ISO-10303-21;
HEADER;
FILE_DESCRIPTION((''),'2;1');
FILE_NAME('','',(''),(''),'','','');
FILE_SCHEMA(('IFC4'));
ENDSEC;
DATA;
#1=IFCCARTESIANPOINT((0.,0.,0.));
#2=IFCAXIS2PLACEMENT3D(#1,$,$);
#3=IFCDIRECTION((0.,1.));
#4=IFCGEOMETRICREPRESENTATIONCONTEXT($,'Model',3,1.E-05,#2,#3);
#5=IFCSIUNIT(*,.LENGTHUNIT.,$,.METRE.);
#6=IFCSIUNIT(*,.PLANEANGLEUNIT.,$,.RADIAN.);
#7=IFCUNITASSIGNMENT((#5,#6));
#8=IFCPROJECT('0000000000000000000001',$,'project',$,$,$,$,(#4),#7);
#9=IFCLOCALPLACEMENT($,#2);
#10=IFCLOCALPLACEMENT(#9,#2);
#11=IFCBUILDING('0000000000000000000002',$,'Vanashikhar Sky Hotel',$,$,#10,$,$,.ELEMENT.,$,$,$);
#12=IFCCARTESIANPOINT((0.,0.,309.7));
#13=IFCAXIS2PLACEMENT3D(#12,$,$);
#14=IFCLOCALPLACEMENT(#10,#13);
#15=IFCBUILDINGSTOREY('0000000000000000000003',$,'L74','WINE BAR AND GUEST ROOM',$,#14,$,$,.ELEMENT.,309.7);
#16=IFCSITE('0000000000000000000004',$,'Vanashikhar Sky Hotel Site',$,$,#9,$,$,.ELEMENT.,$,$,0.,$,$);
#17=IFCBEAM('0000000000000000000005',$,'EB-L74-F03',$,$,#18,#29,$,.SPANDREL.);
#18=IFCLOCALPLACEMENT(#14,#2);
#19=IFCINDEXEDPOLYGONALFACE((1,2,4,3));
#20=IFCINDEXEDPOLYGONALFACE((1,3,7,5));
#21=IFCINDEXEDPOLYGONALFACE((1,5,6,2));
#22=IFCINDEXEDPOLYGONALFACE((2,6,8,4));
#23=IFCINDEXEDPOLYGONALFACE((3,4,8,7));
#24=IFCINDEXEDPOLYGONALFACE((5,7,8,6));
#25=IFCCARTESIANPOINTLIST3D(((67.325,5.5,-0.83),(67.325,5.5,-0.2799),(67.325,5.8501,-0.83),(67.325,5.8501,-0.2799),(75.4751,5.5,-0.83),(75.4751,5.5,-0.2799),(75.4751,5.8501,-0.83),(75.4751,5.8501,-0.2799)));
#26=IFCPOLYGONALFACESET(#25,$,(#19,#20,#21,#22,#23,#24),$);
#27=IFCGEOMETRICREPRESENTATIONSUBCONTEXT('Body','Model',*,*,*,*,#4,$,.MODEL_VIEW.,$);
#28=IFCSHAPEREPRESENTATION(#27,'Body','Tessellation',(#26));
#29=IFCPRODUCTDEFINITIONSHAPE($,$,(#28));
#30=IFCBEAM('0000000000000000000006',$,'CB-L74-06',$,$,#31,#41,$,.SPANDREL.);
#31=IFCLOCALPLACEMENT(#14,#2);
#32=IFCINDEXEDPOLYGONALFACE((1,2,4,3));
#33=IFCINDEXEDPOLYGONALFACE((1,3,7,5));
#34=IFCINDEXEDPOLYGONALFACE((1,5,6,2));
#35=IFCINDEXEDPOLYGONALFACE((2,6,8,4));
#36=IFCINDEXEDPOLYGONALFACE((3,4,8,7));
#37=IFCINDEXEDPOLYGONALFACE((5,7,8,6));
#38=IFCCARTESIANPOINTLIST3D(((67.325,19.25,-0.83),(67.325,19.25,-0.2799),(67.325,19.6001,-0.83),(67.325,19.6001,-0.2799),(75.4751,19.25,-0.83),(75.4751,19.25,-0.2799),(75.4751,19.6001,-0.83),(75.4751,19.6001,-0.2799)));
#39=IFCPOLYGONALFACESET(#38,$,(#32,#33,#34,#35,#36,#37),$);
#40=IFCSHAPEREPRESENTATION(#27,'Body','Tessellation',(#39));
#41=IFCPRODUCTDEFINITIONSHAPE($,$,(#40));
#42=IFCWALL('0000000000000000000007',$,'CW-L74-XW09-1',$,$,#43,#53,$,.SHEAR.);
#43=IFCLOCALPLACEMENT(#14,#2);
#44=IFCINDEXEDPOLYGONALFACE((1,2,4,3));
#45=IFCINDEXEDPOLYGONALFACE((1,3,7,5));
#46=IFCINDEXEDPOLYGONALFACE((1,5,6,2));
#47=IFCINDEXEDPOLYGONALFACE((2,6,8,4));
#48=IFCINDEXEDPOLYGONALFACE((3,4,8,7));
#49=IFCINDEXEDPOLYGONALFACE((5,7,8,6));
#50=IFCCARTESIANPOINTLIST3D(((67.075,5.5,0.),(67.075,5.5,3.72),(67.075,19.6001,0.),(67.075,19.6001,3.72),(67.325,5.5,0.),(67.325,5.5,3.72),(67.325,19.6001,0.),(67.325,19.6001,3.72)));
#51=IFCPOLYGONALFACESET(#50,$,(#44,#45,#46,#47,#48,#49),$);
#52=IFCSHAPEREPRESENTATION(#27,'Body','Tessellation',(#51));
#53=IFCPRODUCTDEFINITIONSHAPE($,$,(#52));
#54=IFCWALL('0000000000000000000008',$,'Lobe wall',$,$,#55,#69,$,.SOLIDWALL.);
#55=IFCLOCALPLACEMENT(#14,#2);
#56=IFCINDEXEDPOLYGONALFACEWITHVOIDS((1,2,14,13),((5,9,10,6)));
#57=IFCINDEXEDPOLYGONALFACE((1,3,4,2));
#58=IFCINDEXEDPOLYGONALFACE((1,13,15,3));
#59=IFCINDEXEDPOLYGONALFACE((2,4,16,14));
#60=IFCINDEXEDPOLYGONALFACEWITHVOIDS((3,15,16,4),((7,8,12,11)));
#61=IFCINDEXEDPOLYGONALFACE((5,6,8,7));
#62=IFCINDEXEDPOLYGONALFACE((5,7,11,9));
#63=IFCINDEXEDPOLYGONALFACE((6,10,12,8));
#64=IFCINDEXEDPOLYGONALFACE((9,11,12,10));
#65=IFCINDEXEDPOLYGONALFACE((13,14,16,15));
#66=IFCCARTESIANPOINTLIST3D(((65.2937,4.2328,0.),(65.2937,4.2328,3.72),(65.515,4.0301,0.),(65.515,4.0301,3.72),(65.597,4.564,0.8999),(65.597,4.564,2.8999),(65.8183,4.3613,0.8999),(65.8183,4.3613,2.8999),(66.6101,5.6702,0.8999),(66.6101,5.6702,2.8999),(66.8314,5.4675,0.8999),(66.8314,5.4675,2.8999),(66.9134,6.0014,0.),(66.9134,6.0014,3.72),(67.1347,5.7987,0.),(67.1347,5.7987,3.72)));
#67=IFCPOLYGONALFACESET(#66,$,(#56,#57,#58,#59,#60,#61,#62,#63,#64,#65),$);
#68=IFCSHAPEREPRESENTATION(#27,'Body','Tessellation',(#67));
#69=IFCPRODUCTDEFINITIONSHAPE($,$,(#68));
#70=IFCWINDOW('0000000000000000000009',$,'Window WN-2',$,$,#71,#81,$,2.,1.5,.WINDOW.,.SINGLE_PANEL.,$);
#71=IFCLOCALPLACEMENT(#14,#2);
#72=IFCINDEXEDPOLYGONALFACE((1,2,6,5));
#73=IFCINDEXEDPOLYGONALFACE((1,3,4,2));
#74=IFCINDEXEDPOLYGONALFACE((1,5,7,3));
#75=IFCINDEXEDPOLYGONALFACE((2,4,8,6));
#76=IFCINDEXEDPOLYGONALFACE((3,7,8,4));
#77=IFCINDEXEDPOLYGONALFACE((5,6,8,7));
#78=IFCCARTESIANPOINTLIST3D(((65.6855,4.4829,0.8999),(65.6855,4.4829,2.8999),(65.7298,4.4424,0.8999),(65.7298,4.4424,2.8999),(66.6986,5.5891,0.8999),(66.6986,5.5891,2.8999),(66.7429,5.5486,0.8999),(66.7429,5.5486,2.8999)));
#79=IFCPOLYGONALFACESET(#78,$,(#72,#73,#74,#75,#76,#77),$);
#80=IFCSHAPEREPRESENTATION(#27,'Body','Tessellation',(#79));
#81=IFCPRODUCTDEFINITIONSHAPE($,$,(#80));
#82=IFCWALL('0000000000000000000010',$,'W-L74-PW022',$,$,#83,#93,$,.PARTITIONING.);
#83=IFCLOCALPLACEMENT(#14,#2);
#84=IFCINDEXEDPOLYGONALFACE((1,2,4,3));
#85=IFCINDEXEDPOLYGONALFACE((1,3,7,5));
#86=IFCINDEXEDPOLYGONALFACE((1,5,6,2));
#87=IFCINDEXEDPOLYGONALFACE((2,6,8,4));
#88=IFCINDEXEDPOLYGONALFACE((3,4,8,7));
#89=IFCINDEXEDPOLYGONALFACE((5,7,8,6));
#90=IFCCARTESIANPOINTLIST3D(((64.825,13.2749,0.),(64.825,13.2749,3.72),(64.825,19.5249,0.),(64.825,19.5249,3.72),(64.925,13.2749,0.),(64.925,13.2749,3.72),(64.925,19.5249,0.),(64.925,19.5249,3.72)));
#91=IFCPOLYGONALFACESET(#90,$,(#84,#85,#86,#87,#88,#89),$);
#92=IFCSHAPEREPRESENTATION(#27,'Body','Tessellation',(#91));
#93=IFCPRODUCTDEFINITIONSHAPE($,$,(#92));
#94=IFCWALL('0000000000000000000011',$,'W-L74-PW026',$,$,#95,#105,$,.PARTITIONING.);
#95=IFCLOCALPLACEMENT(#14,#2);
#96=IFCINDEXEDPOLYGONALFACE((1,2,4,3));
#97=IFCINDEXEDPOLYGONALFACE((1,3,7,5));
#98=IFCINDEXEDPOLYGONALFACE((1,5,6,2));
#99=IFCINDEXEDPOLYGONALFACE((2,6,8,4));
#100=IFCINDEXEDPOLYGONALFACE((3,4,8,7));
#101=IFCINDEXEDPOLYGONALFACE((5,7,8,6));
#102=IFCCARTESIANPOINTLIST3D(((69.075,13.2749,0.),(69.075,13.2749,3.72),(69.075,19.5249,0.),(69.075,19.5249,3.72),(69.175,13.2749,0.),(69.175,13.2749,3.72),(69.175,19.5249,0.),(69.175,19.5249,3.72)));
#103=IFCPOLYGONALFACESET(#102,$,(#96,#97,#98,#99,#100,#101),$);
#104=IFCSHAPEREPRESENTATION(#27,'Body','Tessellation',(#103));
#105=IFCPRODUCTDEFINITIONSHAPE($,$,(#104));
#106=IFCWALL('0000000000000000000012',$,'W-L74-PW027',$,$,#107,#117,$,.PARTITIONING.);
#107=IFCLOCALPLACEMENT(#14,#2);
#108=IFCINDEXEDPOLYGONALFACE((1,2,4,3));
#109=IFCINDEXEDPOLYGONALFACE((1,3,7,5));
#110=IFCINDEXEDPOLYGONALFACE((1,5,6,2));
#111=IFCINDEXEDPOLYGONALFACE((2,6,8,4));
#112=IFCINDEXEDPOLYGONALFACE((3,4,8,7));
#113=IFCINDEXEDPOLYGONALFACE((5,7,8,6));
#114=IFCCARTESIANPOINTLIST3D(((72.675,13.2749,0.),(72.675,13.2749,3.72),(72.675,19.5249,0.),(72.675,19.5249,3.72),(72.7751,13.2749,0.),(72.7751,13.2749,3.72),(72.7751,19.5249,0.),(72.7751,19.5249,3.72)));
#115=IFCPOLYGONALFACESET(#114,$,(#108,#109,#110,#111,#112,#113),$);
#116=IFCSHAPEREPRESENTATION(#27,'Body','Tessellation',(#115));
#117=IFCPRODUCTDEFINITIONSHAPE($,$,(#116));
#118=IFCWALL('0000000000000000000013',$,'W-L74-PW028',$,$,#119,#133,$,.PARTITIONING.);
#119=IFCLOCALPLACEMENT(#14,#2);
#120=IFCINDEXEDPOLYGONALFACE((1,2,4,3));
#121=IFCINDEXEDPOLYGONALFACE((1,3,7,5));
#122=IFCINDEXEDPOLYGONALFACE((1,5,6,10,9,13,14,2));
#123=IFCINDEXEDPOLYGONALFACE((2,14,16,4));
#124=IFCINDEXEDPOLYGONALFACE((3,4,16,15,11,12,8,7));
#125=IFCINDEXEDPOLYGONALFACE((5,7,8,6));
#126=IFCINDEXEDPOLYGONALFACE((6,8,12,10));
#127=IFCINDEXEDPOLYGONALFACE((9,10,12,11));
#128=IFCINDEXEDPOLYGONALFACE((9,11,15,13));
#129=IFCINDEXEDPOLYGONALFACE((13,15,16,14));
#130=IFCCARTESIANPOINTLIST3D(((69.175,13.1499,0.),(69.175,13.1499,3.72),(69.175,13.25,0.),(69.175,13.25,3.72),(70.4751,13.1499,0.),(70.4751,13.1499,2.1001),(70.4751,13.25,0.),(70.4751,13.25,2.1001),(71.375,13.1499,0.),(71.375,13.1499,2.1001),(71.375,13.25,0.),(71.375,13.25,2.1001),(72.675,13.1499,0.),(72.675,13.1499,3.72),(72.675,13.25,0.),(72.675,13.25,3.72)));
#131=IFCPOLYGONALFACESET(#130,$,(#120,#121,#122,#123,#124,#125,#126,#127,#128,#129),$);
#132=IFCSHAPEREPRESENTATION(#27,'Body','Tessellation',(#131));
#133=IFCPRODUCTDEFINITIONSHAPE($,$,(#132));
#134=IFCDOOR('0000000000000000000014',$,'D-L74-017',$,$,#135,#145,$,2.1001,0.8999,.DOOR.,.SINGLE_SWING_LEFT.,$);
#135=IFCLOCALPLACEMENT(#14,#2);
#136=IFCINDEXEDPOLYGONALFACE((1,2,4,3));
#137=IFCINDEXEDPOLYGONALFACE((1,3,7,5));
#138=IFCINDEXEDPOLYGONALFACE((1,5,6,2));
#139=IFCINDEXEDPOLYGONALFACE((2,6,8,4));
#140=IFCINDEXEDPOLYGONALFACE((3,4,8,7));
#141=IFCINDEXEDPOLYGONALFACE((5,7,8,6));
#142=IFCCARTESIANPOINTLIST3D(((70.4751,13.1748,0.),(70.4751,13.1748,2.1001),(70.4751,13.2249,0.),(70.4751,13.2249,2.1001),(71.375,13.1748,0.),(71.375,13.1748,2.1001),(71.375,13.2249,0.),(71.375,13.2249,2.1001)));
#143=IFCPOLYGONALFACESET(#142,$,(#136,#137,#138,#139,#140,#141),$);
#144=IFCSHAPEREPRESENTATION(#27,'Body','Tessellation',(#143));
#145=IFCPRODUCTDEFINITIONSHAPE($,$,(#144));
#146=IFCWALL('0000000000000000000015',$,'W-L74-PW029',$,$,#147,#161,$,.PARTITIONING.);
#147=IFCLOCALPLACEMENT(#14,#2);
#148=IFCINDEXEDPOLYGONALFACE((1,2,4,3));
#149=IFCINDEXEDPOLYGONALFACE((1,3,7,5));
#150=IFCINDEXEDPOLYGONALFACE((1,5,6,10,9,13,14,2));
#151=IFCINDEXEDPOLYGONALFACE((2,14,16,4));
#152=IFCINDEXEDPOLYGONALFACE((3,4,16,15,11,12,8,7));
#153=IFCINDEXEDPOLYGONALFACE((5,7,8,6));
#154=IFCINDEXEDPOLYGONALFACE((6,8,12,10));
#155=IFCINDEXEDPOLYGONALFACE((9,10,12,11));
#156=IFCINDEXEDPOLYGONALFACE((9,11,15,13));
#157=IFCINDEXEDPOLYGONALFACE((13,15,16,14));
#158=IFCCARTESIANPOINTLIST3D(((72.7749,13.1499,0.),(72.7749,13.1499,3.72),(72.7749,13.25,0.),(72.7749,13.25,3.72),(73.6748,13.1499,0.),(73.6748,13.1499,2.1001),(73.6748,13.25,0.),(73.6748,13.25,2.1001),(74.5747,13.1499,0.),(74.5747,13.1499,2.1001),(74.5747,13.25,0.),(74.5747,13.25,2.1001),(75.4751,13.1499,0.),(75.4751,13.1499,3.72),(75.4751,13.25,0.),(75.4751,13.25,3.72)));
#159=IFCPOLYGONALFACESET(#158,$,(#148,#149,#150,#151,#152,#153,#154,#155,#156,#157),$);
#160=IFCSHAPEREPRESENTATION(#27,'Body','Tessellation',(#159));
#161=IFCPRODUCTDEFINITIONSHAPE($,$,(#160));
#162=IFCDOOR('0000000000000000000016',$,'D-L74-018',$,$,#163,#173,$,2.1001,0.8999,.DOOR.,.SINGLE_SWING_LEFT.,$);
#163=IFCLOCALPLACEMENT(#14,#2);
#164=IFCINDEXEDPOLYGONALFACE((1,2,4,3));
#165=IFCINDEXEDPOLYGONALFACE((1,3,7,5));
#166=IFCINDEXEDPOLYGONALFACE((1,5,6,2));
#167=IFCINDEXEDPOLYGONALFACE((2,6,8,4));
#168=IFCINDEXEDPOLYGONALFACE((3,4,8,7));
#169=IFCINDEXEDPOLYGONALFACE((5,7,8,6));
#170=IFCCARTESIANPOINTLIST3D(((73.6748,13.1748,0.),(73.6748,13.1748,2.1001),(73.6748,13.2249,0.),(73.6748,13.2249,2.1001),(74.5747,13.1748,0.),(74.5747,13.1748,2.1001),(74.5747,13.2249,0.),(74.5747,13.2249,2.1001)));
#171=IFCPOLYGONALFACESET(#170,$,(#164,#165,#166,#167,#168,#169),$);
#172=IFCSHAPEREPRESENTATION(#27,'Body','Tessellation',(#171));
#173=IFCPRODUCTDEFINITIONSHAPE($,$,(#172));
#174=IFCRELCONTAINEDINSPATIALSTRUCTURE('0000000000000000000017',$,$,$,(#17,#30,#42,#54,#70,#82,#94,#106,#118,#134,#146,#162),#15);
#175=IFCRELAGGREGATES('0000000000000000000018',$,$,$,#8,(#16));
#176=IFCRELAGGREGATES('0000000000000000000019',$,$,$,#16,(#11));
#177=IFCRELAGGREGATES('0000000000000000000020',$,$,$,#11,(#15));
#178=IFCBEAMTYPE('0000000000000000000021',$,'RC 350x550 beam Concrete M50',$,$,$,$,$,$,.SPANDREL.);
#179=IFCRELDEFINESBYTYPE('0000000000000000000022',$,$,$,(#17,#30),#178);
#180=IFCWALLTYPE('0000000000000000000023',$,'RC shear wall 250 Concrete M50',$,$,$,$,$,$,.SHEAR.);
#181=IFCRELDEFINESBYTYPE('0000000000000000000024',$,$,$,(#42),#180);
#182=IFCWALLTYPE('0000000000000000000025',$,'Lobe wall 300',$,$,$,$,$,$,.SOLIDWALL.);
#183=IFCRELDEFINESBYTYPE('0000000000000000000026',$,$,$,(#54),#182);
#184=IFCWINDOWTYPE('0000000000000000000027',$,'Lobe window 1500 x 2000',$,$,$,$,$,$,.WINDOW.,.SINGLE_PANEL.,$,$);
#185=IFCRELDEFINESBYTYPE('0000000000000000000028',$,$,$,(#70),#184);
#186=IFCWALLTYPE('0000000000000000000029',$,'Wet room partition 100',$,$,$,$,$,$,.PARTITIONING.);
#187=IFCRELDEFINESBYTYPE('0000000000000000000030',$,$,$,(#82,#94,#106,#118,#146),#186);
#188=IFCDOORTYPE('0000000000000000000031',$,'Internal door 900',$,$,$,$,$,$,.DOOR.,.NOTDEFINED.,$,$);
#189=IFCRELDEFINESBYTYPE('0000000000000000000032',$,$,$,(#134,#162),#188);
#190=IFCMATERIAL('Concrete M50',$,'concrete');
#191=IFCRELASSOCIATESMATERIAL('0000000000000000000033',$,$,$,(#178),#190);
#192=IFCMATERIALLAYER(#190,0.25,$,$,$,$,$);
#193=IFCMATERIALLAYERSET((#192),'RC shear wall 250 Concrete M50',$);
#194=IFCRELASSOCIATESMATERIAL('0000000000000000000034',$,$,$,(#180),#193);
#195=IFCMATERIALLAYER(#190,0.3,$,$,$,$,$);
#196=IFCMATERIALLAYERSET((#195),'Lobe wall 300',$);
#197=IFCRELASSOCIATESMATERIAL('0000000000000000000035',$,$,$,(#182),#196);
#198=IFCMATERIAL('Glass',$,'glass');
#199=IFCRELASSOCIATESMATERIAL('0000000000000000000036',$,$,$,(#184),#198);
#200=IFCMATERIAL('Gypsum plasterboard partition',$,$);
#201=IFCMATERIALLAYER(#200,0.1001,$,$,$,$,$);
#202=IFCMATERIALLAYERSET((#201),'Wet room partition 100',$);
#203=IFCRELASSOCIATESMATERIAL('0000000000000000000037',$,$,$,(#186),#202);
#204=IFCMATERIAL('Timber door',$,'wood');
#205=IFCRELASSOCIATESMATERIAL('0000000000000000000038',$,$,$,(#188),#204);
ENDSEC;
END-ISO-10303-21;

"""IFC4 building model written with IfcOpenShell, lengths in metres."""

from ifc_helpers import new_model, si_unit, direction, frame, frame_2d, origin, origin_2d, place, context, subcontext, project, spatial, rectangle, extrude, source, transform, mapped, material, layer, layer_set, material_profile, profile_set, type_object, element, fill, save


model = new_model("IFC4")

# Units and contexts
model_context = context("Model", 3, precision=1e-05, world=origin(), true_north=direction((0.0, 1.0)))
body_context = subcontext(model_context, "Body", "Model", "MODEL_VIEW")
ifc_project = project(units=[si_unit("LENGTHUNIT", "METRE"), si_unit("PLANEANGLEUNIT", "RADIAN")], contexts=[model_context])

# Site, building, storey
site_placement = place(None, origin())
site = spatial("IfcSite", under=ifc_project, at=site_placement, Name="Vanashikhar Sky Hotel Site", CompositionType="ELEMENT", RefElevation=0.0)
building_placement = place(site_placement, origin())
building = spatial("IfcBuilding", under=site, at=building_placement, Name="Vanashikhar Sky Hotel", CompositionType="ELEMENT")
storey_placement = place(building_placement, frame((0.0, 0.0, 309.7)))
storey = spatial("IfcBuildingStorey", under=building, at=storey_placement, Name="L74", Description="WINE BAR AND GUEST ROOM", CompositionType="ELEMENT", Elevation=309.7)

# Beams
ifc_material_1 = material(Name="Concrete M50", Category="concrete")
ifc_material_profile_1 = material_profile(ifc_material_1, rectangle(XDim=0.3501, YDim=0.55, at=origin_2d()))
ifc_profile_set_1 = profile_set([ifc_material_profile_1], Name="RC 350x550 beam Concrete M50")
beam_type = type_object("IfcBeamType", Name="RC 350x550 beam Concrete M50", PredefinedType="SPANDREL", material=ifc_profile_set_1)
shared_shape_1 = source(origin(), body_context, "Body", "SweptSolid", [
    extrude(rectangle(XDim=0.3501, YDim=0.55, at=origin_2d()), origin(), (0.0, 0.0, 1.0), 8.1501),
])
for number, where, z_axis, x_axis, name in (
    (1, (67.325, 5.675, -0.5549), (1.0, 0.0, 0.0), (0.0, 1.0, 0.0), "EB-L74-F03"),
    (2, (67.325, 19.425, -0.5549), (1.0, 0.0, 0.0), (0.0, 1.0, 0.0), "CB-L74-06"),
):
    element("IfcBeam", number, at=place(storey_placement, frame(where, z_axis=z_axis, x_axis=x_axis)), inside=storey, type_object=beam_type, Name=name, PredefinedType="SPANDREL", context=body_context, shape_type="MappedRepresentation", body=[
        mapped(shared_shape_1, transform((0.0, 0.0, 0.0), scale=1.0)),
    ])

# Wall
ifc_layer_1 = layer(ifc_material_1, 0.25)
ifc_layer_set_1 = layer_set([ifc_layer_1], Name="RC shear wall 250 Concrete M50")
wall_type_1 = type_object("IfcWallType", Name="RC shear wall 250 Concrete M50", PredefinedType="SHEAR", material=ifc_layer_set_1)
shared_shape_2 = source(origin(), body_context, "Body", "SweptSolid", [
    extrude(rectangle(XDim=14.1001, YDim=0.25, at=frame_2d((7.05, 0.0))), origin(), (0.0, 0.0, 1.0), 3.72),
])
wall_1_placement = place(storey_placement, frame((67.2, 5.5, 0.0), z_axis=(0.0, 0.0, 1.0), x_axis=(0.0, 1.0, 0.0)))
element("IfcWall", 3, at=wall_1_placement, inside=storey, type_object=wall_type_1, Name="CW-L74-XW09-1", PredefinedType="SHEAR", context=body_context, shape_type="MappedRepresentation", body=[
    mapped(shared_shape_2, transform((0.0, 0.0, 0.0), scale=1.0)),
])

# Shared definitions
ifc_material_2 = material(Name="Glass", Category="glass")

# Wall, opening, window
ifc_layer_2 = layer(ifc_material_1, 0.3)
ifc_layer_set_2 = layer_set([ifc_layer_2], Name="Lobe wall 300")
wall_type_2 = type_object("IfcWallType", Name="Lobe wall 300", PredefinedType="SOLIDWALL", material=ifc_layer_set_2)
shared_shape_3 = source(origin(), body_context, "Body", "SweptSolid", [
    extrude(rectangle(XDim=2.3982, YDim=0.3, at=frame_2d((1.1992, 0.0))), origin(), (0.0, 0.0, 1.0), 3.72),
])
wall_2_placement = place(storey_placement, frame((65.4043, 4.1313, 0.0), z_axis=(0.0, 0.0, 1.0), x_axis=(0.675374, 0.737475, 0.0)))
wall_2 = element("IfcWall", 4, at=wall_2_placement, inside=storey, type_object=wall_type_2, Name="Lobe wall", PredefinedType="SOLIDWALL", context=body_context, shape_type="MappedRepresentation", body=[
    mapped(shared_shape_3, transform((0.0, 0.0, 0.0), scale=1.0)),
])
shared_shape_4 = source(origin(), body_context, "Body", "SweptSolid", [
    extrude(rectangle(XDim=1.5, YDim=2.0, at=frame_2d((0.75, 1.0))), frame((0.0, 0.1602, 0.0), z_axis=(0.0, -1.0, 0.0), x_axis=(1.0, 0.0, 0.0)), (0.0, 0.0, 1.0), 0.3201),
])
opening_1_placement = place(wall_2_placement, frame((0.4492, 0.0, 0.8999)))
opening_1 = element("IfcOpeningElement", 5, at=opening_1_placement, cuts=wall_2, PredefinedType="OPENING", context=body_context, shape_type="MappedRepresentation", body=[
    mapped(shared_shape_4, transform((0.0, 0.0, 0.0), scale=1.0)),
])
window_type_1 = type_object("IfcWindowType", Name="Lobe window 1500 x 2000", PartitioningType="SINGLE_PANEL", PredefinedType="WINDOW", material=ifc_material_2)
shared_shape_5 = source(origin(), body_context, "Body", "SweptSolid", [
    extrude(rectangle(XDim=1.5, YDim=2.0, at=frame_2d((0.75, 1.0))), frame((0.0, 0.03, 0.0), z_axis=(0.0, -1.0, 0.0), x_axis=(1.0, 0.0, 0.0)), (0.0, 0.0, 1.0), 0.0601),
])
window_1_placement = place(opening_1_placement, origin())
window_1 = element("IfcWindow", 6, at=window_1_placement, inside=storey, type_object=window_type_1, Name="Window WN-2", OverallHeight=2.0, OverallWidth=1.5, PartitioningType="SINGLE_PANEL", PredefinedType="WINDOW", context=body_context, shape_type="MappedRepresentation", body=[
    mapped(shared_shape_5, transform((0.0, 0.0, 0.0), scale=1.0)),
])
fill(opening_1, window_1)

# Walls
ifc_material_3 = material(Name="Gypsum plasterboard partition")
ifc_layer_3 = layer(ifc_material_3, 0.1001)
ifc_layer_set_3 = layer_set([ifc_layer_3], Name="Wet room partition 100")
wall_type_3 = type_object("IfcWallType", Name="Wet room partition 100", PredefinedType="PARTITIONING", material=ifc_layer_set_3)
shared_shape_6 = source(origin(), body_context, "Body", "SweptSolid", [
    extrude(rectangle(XDim=6.25, YDim=0.1001, at=frame_2d((3.125, 0.0))), origin(), (0.0, 0.0, 1.0), 3.72),
])
for number, where, z_axis, x_axis, name in (
    (7, (64.875, 13.2749, 0.0), (0.0, 0.0, 1.0), (0.0, 1.0, 0.0), "W-L74-PW022"),
    (8, (69.125, 13.2749, 0.0), (0.0, 0.0, 1.0), (0.0, 1.0, 0.0), "W-L74-PW026"),
    (9, (72.7251, 13.2749, 0.0), (0.0, 0.0, 1.0), (0.0, 1.0, 0.0), "W-L74-PW027"),
):
    element("IfcWall", number, at=place(storey_placement, frame(where, z_axis=z_axis, x_axis=x_axis)), inside=storey, type_object=wall_type_3, Name=name, PredefinedType="PARTITIONING", context=body_context, shape_type="MappedRepresentation", body=[
        mapped(shared_shape_6, transform((0.0, 0.0, 0.0), scale=1.0)),
    ])

# Walls, openings, doors
shared_shape_7 = source(origin(), body_context, "Body", "SweptSolid", [
    extrude(rectangle(XDim=3.5, YDim=0.1001, at=frame_2d((1.75, 0.0))), origin(), (0.0, 0.0, 1.0), 3.72),
])
wall_3_placement = place(storey_placement, frame((69.175, 13.2, 0.0), z_axis=(0.0, 0.0, 1.0), x_axis=(1.0, 0.0, 0.0)))
wall_3 = element("IfcWall", 10, at=wall_3_placement, inside=storey, type_object=wall_type_3, Name="W-L74-PW028", PredefinedType="PARTITIONING", context=body_context, shape_type="MappedRepresentation", body=[
    mapped(shared_shape_7, transform((0.0, 0.0, 0.0), scale=1.0)),
])
shared_shape_8 = source(origin(), body_context, "Body", "SweptSolid", [
    extrude(rectangle(XDim=0.8999, YDim=2.1001, at=frame_2d((0.45, 1.05))), frame((0.0, 0.0601, 0.0), z_axis=(0.0, -1.0, 0.0), x_axis=(1.0, 0.0, 0.0)), (0.0, 0.0, 1.0), 0.1201),
])
opening_2_placement = place(wall_3_placement, frame((1.3, 0.0, 0.0)))
opening_2 = element("IfcOpeningElement", 11, at=opening_2_placement, cuts=wall_3, PredefinedType="OPENING", context=body_context, shape_type="MappedRepresentation", body=[
    mapped(shared_shape_8, transform((0.0, 0.0, 0.0), scale=1.0)),
])
ifc_material_4 = material(Name="Timber door", Category="wood")
door_type_1 = type_object("IfcDoorType", Name="Internal door 900", OperationType="NOTDEFINED", PredefinedType="DOOR", material=ifc_material_4)
shared_shape_9 = source(origin(), body_context, "Body", "SweptSolid", [
    extrude(rectangle(XDim=0.8999, YDim=2.1001, at=frame_2d((0.45, 1.05))), frame((0.0, 0.0249, 0.0), z_axis=(0.0, -1.0, 0.0), x_axis=(1.0, 0.0, 0.0)), (0.0, 0.0, 1.0), 0.05),
])
door_1_placement = place(opening_2_placement, origin())
door_1 = element("IfcDoor", 12, at=door_1_placement, inside=storey, type_object=door_type_1, Name="D-L74-017", OperationType="SINGLE_SWING_LEFT", OverallHeight=2.1001, OverallWidth=0.8999, PredefinedType="DOOR", context=body_context, shape_type="MappedRepresentation", body=[
    mapped(shared_shape_9, transform((0.0, 0.0, 0.0), scale=1.0)),
])
fill(opening_2, door_1)
shared_shape_10 = source(origin(), body_context, "Body", "SweptSolid", [
    extrude(rectangle(XDim=2.7002, YDim=0.1001, at=frame_2d((1.3501, 0.0))), origin(), (0.0, 0.0, 1.0), 3.72),
])
wall_4_placement = place(storey_placement, frame((72.7749, 13.2, 0.0), z_axis=(0.0, 0.0, 1.0), x_axis=(1.0, 0.0, 0.0)))
wall_4 = element("IfcWall", 13, at=wall_4_placement, inside=storey, type_object=wall_type_3, Name="W-L74-PW029", PredefinedType="PARTITIONING", context=body_context, shape_type="MappedRepresentation", body=[
    mapped(shared_shape_10, transform((0.0, 0.0, 0.0), scale=1.0)),
])
opening_3_placement = place(wall_4_placement, frame((0.8999, 0.0, 0.0)))
opening_3 = element("IfcOpeningElement", 14, at=opening_3_placement, cuts=wall_4, PredefinedType="OPENING", context=body_context, shape_type="MappedRepresentation", body=[
    mapped(shared_shape_8, transform((0.0, 0.0, 0.0), scale=1.0)),
])
door_2_placement = place(opening_3_placement, origin())
door_2 = element("IfcDoor", 15, at=door_2_placement, inside=storey, type_object=door_type_1, Name="D-L74-018", OperationType="SINGLE_SWING_LEFT", OverallHeight=2.1001, OverallWidth=0.8999, PredefinedType="DOOR", context=body_context, shape_type="MappedRepresentation", body=[
    mapped(shared_shape_9, transform((0.0, 0.0, 0.0), scale=1.0)),
])
fill(opening_3, door_2)

save(model, "model.ifc")
